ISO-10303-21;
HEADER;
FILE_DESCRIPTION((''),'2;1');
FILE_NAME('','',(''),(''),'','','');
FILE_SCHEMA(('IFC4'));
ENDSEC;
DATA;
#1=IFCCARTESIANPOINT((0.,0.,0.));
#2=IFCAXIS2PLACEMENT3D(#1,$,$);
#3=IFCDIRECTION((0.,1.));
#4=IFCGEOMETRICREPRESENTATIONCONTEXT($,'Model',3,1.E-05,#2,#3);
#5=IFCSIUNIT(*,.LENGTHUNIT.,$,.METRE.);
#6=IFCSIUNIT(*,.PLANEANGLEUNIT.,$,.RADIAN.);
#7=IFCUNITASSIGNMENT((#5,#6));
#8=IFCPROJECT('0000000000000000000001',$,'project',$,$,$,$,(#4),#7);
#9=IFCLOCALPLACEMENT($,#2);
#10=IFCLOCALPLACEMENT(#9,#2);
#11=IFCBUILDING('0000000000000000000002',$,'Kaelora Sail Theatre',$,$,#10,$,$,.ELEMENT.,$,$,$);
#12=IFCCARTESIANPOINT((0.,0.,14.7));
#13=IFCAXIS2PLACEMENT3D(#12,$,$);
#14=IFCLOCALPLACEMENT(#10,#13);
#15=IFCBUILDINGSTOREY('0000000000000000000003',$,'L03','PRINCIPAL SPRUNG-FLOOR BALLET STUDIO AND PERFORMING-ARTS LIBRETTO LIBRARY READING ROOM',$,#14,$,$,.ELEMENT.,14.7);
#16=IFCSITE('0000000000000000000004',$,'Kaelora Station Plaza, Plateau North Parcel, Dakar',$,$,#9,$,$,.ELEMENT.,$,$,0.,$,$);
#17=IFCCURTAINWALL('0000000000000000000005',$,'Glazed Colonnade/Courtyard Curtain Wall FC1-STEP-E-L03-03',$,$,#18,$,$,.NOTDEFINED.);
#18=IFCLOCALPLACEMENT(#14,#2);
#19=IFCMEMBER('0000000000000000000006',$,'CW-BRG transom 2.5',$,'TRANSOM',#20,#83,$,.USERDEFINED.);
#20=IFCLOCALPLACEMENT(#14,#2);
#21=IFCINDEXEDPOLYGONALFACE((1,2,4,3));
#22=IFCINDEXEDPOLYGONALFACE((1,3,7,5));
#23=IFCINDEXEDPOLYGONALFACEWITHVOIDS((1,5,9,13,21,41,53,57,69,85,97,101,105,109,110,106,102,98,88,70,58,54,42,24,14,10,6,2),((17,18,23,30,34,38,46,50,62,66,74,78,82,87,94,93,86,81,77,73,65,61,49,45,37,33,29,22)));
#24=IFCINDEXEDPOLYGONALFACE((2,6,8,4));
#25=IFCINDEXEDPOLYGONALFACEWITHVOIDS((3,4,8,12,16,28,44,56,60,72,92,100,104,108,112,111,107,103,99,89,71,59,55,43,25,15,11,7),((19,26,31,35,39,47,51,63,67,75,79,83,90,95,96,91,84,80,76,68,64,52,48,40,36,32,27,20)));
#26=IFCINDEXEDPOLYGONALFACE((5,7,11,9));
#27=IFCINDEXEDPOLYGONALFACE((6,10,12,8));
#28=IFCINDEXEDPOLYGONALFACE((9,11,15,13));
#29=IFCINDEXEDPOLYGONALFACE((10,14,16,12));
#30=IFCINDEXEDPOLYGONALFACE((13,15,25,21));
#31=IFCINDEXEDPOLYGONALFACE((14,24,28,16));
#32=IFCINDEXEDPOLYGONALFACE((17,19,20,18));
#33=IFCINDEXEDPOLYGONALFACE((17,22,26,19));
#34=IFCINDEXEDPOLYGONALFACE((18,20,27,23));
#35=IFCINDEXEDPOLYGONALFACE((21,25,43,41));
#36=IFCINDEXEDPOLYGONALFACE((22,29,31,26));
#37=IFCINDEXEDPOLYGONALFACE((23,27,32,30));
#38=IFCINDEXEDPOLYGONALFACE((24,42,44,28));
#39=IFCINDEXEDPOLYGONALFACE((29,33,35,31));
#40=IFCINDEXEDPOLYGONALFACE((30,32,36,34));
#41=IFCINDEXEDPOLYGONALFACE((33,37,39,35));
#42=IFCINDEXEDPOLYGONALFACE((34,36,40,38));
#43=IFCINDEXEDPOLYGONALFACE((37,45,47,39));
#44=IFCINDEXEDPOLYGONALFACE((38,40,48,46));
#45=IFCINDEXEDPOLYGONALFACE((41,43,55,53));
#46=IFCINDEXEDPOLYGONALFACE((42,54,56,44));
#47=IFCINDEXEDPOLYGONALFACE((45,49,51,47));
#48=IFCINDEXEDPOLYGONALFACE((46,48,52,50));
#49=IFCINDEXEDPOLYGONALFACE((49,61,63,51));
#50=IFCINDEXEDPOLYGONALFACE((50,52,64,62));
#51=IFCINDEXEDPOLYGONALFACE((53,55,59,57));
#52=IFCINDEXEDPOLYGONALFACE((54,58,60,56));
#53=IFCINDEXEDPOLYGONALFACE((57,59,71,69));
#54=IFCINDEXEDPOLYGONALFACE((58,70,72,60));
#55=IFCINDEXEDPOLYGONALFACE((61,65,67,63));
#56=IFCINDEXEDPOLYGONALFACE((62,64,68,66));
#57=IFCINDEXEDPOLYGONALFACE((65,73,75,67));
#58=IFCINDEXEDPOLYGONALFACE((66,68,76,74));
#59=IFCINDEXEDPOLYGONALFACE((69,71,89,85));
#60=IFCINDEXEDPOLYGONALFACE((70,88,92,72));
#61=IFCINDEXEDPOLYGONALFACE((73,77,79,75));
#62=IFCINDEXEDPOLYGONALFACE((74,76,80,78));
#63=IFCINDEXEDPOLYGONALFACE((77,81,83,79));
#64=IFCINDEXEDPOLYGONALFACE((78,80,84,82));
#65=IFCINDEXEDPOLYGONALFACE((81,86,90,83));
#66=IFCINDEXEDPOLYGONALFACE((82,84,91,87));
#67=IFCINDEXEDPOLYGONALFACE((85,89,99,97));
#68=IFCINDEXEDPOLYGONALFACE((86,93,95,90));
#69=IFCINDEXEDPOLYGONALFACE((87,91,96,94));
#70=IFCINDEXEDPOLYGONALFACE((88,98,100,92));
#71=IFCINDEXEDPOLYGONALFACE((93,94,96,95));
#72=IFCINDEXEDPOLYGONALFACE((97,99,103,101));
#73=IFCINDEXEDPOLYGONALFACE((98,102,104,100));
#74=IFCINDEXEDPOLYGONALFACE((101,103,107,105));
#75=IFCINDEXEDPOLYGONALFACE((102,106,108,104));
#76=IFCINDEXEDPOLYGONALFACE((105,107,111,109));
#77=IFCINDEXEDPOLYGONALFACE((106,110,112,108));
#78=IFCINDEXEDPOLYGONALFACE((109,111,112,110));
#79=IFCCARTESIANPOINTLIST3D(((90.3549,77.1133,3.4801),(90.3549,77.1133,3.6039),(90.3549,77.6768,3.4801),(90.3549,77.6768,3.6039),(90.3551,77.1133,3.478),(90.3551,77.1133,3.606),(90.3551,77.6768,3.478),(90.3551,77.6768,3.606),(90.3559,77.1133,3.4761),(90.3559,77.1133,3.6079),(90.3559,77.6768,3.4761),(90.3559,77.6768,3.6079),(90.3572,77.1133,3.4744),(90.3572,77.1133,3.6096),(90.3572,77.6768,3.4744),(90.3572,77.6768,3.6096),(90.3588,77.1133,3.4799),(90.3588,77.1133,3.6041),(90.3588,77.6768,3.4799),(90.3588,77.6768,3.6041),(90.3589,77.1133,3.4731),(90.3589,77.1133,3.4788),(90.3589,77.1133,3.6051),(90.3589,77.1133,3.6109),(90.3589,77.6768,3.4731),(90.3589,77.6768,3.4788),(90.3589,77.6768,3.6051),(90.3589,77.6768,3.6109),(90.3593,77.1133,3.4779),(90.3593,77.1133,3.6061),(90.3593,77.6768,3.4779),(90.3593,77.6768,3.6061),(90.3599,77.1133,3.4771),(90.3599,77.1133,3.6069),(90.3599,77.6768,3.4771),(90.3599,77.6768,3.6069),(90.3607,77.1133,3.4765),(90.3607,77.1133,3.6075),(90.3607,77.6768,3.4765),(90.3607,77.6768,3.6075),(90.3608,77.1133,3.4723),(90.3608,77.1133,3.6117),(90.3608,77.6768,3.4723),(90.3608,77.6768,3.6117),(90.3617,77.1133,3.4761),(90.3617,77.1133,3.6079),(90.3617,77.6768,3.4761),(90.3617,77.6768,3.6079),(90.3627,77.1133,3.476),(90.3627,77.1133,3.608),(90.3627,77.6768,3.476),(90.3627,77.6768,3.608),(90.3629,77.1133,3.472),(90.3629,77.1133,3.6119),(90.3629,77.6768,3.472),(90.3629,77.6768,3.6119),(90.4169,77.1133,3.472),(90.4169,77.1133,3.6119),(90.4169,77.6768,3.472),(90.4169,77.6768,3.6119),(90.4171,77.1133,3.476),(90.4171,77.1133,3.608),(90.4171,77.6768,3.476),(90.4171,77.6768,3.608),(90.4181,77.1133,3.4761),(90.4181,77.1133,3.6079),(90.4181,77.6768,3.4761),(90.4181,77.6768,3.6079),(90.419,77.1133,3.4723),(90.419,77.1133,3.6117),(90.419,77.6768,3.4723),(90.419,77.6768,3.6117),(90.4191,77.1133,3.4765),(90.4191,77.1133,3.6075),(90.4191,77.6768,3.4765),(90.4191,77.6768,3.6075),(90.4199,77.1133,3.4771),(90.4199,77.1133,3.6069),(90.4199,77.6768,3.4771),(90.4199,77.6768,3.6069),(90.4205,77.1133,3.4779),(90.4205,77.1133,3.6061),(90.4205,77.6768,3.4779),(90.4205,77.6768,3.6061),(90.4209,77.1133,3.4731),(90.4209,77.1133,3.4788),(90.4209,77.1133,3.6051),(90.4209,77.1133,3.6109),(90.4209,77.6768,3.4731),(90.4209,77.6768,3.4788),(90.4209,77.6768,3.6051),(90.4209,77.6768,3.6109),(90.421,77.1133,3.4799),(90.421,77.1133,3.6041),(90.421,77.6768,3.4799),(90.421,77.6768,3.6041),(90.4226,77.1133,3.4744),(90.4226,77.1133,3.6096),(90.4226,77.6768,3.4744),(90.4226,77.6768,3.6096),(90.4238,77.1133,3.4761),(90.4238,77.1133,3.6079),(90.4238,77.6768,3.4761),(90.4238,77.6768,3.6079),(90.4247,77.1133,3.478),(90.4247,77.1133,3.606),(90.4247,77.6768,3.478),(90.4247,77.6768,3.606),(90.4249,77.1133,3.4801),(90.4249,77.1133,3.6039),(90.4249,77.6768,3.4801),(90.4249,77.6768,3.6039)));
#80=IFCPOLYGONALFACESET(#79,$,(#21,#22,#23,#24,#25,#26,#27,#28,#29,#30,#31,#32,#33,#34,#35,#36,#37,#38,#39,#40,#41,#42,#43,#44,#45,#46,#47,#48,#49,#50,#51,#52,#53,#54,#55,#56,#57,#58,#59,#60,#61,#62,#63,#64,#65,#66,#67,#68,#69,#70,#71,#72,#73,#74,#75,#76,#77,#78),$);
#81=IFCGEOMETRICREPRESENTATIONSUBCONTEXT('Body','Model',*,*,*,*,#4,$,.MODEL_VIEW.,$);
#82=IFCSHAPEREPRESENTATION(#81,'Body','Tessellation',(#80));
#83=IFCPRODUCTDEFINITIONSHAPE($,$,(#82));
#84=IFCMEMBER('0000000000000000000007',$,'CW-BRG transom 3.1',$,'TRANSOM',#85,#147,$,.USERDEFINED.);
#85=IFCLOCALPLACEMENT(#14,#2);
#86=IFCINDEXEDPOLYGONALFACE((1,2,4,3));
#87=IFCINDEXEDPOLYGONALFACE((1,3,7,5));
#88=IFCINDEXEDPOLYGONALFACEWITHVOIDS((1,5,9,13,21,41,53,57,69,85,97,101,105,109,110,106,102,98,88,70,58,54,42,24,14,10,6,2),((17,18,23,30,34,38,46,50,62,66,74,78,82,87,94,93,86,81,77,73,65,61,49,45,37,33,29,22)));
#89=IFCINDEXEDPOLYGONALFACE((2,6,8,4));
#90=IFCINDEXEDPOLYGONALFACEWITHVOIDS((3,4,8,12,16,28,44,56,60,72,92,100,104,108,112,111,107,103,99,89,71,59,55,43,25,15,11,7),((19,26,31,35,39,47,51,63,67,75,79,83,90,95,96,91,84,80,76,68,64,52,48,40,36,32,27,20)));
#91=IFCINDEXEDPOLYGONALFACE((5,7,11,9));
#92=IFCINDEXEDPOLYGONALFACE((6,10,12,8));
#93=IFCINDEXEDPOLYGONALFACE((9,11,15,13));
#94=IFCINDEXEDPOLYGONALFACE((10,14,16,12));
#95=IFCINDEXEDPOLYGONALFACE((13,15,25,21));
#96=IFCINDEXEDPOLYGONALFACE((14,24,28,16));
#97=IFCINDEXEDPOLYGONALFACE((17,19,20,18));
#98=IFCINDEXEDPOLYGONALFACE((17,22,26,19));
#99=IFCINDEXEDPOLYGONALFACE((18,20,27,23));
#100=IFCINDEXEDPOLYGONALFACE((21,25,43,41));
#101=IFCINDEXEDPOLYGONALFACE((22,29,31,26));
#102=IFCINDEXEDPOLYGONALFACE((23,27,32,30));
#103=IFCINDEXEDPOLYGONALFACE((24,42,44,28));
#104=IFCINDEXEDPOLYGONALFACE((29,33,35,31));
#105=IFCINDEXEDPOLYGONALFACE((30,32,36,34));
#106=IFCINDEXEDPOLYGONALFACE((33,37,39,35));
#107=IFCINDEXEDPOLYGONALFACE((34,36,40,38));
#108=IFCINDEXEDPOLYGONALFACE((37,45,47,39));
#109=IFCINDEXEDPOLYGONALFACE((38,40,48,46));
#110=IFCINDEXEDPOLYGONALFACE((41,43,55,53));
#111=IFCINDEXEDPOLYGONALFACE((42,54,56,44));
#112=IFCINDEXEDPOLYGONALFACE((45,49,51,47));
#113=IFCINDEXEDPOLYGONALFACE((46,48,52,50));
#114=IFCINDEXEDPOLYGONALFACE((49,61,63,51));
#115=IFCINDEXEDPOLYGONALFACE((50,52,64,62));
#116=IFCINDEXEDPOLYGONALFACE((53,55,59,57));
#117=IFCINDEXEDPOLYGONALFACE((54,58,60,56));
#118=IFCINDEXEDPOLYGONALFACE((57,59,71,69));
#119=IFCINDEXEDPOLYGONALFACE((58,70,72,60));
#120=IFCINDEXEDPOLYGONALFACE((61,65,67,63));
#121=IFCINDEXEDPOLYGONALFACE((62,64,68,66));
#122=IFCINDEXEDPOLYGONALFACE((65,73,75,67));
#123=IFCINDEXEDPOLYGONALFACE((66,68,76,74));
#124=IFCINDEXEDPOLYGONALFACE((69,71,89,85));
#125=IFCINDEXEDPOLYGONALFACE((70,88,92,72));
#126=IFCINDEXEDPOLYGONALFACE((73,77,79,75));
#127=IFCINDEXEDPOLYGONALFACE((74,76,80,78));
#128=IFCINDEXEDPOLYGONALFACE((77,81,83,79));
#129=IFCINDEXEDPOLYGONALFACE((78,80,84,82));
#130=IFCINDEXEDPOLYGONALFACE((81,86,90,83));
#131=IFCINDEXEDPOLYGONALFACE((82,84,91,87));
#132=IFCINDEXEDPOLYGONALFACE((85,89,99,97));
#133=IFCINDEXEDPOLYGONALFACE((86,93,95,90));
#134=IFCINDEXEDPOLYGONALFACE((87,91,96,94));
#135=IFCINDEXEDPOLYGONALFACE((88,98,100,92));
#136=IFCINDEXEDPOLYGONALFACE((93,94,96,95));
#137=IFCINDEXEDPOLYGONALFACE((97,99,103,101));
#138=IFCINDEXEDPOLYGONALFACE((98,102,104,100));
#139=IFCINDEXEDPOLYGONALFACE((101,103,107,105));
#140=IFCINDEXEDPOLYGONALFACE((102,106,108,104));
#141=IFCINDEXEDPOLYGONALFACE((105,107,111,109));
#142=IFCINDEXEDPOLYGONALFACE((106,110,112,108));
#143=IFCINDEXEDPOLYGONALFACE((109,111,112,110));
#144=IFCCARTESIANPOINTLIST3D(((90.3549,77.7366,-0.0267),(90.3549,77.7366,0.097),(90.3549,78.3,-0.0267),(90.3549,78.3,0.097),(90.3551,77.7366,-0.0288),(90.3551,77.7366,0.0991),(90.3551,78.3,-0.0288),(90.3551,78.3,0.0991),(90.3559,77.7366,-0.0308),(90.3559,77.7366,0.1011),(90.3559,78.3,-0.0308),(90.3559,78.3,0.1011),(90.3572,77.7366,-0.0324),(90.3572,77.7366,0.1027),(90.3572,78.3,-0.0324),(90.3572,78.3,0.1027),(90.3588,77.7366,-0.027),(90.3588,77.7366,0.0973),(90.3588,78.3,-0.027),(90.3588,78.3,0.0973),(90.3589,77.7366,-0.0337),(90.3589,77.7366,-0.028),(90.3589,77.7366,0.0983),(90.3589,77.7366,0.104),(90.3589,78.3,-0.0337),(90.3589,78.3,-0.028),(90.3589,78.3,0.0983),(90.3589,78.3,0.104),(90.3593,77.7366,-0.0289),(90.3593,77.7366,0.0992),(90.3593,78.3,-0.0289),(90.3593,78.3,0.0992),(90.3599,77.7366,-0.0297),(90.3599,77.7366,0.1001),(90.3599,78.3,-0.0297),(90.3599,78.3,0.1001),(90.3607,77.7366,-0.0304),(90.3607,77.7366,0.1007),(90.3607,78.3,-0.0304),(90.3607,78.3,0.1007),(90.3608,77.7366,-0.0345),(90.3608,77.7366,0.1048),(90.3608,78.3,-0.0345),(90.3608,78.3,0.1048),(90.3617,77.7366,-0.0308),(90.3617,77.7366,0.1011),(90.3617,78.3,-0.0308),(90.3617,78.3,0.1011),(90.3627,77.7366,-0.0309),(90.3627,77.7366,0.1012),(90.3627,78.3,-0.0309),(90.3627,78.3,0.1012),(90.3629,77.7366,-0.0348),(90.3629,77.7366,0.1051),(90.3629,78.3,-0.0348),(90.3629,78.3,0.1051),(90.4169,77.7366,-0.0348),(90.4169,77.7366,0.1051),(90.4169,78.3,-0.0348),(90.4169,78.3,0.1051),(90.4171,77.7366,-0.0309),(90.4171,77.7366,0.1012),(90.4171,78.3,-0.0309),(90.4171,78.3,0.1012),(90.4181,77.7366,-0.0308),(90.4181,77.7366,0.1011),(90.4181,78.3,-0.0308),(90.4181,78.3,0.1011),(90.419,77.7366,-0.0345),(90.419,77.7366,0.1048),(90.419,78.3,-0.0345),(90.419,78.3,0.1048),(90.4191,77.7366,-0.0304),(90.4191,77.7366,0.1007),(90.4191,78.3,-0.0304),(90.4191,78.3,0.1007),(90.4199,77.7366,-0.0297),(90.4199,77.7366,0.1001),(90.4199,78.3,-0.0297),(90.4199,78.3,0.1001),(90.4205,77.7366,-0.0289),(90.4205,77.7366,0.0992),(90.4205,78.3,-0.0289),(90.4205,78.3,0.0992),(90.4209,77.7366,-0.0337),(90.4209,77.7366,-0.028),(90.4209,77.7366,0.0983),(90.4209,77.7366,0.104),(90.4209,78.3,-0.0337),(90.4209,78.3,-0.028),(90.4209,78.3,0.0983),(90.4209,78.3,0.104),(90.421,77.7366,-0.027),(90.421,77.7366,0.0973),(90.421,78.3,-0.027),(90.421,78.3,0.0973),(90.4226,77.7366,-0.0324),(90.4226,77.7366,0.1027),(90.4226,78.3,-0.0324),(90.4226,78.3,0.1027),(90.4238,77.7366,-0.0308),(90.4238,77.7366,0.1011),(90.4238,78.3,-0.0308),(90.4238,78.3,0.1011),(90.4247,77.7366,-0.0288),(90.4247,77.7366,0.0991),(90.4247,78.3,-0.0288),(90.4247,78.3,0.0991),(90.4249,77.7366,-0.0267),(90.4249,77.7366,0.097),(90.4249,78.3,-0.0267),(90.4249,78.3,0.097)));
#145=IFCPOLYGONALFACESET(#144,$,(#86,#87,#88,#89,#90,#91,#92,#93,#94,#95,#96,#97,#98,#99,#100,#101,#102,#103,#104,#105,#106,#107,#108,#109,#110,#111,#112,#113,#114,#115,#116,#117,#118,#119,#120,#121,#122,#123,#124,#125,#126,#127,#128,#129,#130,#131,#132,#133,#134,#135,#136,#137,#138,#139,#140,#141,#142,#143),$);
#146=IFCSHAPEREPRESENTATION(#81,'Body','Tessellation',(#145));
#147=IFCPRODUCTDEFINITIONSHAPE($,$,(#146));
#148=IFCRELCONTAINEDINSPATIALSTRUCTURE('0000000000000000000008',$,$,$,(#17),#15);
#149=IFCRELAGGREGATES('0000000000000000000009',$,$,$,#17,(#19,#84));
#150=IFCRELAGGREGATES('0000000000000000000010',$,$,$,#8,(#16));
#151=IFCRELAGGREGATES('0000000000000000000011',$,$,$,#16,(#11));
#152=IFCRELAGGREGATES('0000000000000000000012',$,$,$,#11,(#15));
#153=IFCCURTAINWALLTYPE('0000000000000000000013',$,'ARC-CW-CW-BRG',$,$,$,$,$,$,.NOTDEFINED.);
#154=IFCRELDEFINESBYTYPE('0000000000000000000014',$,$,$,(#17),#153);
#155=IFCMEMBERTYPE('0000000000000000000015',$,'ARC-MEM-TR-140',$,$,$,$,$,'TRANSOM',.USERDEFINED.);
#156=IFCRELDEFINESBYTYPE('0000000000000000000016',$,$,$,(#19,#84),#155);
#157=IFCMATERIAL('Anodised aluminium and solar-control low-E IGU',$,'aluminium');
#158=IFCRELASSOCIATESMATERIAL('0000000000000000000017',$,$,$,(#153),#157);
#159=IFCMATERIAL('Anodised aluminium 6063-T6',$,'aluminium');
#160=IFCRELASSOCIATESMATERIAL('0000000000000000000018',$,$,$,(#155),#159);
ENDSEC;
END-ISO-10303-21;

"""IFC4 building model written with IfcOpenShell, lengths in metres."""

from ifc_helpers import new_model, si_unit, direction, frame, origin, origin_2d, place, context, subcontext, project, spatial, hollow_rectangle, extrude, material, material_profile, profile_set, type_object, element, aggregate, save


model = new_model("IFC4")

# Units and contexts
model_context = context("Model", 3, precision=1e-05, world=origin(), true_north=direction((0.0, 1.0)))
body_context = subcontext(model_context, "Body", "Model", "MODEL_VIEW")
ifc_project = project(units=[si_unit("LENGTHUNIT", "METRE"), si_unit("PLANEANGLEUNIT", "RADIAN")], contexts=[model_context])

# Site, building, storey
site_placement = place(None, origin())
site = spatial("IfcSite", under=ifc_project, at=site_placement, Name="Kaelora Station Plaza, Plateau North Parcel, Dakar", CompositionType="ELEMENT", RefElevation=0.0)
building_placement = place(site_placement, origin())
building = spatial("IfcBuilding", under=site, at=building_placement, Name="Kaelora Sail Theatre", CompositionType="ELEMENT")
storey_placement = place(building_placement, frame((0.0, 0.0, 14.7)))
storey = spatial("IfcBuildingStorey", under=building, at=storey_placement, Name="L03", Description="PRINCIPAL SPRUNG-FLOOR BALLET STUDIO AND PERFORMING-ARTS LIBRETTO LIBRARY READING ROOM", CompositionType="ELEMENT", Elevation=14.7)

# Curtain wall, members
ifc_material_1 = material(Name="Anodised aluminium and solar-control low-E IGU", Category="aluminium")
curtain_wall_type = type_object("IfcCurtainWallType", Name="ARC-CW-CW-BRG", PredefinedType="NOTDEFINED", material=ifc_material_1)
curtain_wall_placement = place(storey_placement, origin())
curtain_wall = element("IfcCurtainWall", 1, at=curtain_wall_placement, inside=storey, type_object=curtain_wall_type, Name="Glazed Colonnade/Courtyard Curtain Wall FC1-STEP-E-L03-03", PredefinedType="NOTDEFINED")
ifc_material_2 = material(Name="Anodised aluminium 6063-T6", Category="aluminium")
ifc_material_profile_1 = material_profile(ifc_material_2, hollow_rectangle(XDim=0.0701, YDim=0.1399, WallThickness=0.0039, InnerFilletRadius=0.0039, OuterFilletRadius=0.0081, at=origin_2d()), Name="ALU-TRAN 70x140x4")
ifc_profile_set_1 = profile_set([ifc_material_profile_1], Name="Anodised aluminium 6063-T6")
member_type_1 = type_object("IfcMemberType", Name="ARC-MEM-TR-140", ElementType="TRANSOM", PredefinedType="USERDEFINED", material=ifc_profile_set_1)
member_1_placement = place(storey_placement, frame((90.3899, 77.1133, 3.542), z_axis=(0.0, 1.0, 0.0), x_axis=(-1.0, 0.0, 0.0)))
member_1 = element("IfcMember", 2, at=member_1_placement, type_object=member_type_1, Name="CW-BRG transom 2.5", ObjectType="TRANSOM", PredefinedType="USERDEFINED", context=body_context, shape_type="SweptSolid", body=[
    extrude(hollow_rectangle(XDim=0.0701, YDim=0.1399, WallThickness=0.0039, InnerFilletRadius=0.0039, OuterFilletRadius=0.0081, at=origin_2d()), origin(), (0.0, 0.0, 1.0), 0.5635),
])
member_2_placement = place(storey_placement, frame((90.3899, 77.7366, 0.0352), z_axis=(0.0, 1.0, 0.0), x_axis=(-1.0, 0.0, 0.0)))
member_2 = element("IfcMember", 3, at=member_2_placement, type_object=member_type_1, Name="CW-BRG transom 3.1", ObjectType="TRANSOM", PredefinedType="USERDEFINED", context=body_context, shape_type="SweptSolid", body=[
    extrude(hollow_rectangle(XDim=0.0701, YDim=0.1399, WallThickness=0.0039, InnerFilletRadius=0.0039, OuterFilletRadius=0.0081, at=origin_2d()), origin(), (0.0, 0.0, 1.0), 0.5635),
])
aggregate(curtain_wall, [member_1, member_2])

save(model, "model.ifc")
